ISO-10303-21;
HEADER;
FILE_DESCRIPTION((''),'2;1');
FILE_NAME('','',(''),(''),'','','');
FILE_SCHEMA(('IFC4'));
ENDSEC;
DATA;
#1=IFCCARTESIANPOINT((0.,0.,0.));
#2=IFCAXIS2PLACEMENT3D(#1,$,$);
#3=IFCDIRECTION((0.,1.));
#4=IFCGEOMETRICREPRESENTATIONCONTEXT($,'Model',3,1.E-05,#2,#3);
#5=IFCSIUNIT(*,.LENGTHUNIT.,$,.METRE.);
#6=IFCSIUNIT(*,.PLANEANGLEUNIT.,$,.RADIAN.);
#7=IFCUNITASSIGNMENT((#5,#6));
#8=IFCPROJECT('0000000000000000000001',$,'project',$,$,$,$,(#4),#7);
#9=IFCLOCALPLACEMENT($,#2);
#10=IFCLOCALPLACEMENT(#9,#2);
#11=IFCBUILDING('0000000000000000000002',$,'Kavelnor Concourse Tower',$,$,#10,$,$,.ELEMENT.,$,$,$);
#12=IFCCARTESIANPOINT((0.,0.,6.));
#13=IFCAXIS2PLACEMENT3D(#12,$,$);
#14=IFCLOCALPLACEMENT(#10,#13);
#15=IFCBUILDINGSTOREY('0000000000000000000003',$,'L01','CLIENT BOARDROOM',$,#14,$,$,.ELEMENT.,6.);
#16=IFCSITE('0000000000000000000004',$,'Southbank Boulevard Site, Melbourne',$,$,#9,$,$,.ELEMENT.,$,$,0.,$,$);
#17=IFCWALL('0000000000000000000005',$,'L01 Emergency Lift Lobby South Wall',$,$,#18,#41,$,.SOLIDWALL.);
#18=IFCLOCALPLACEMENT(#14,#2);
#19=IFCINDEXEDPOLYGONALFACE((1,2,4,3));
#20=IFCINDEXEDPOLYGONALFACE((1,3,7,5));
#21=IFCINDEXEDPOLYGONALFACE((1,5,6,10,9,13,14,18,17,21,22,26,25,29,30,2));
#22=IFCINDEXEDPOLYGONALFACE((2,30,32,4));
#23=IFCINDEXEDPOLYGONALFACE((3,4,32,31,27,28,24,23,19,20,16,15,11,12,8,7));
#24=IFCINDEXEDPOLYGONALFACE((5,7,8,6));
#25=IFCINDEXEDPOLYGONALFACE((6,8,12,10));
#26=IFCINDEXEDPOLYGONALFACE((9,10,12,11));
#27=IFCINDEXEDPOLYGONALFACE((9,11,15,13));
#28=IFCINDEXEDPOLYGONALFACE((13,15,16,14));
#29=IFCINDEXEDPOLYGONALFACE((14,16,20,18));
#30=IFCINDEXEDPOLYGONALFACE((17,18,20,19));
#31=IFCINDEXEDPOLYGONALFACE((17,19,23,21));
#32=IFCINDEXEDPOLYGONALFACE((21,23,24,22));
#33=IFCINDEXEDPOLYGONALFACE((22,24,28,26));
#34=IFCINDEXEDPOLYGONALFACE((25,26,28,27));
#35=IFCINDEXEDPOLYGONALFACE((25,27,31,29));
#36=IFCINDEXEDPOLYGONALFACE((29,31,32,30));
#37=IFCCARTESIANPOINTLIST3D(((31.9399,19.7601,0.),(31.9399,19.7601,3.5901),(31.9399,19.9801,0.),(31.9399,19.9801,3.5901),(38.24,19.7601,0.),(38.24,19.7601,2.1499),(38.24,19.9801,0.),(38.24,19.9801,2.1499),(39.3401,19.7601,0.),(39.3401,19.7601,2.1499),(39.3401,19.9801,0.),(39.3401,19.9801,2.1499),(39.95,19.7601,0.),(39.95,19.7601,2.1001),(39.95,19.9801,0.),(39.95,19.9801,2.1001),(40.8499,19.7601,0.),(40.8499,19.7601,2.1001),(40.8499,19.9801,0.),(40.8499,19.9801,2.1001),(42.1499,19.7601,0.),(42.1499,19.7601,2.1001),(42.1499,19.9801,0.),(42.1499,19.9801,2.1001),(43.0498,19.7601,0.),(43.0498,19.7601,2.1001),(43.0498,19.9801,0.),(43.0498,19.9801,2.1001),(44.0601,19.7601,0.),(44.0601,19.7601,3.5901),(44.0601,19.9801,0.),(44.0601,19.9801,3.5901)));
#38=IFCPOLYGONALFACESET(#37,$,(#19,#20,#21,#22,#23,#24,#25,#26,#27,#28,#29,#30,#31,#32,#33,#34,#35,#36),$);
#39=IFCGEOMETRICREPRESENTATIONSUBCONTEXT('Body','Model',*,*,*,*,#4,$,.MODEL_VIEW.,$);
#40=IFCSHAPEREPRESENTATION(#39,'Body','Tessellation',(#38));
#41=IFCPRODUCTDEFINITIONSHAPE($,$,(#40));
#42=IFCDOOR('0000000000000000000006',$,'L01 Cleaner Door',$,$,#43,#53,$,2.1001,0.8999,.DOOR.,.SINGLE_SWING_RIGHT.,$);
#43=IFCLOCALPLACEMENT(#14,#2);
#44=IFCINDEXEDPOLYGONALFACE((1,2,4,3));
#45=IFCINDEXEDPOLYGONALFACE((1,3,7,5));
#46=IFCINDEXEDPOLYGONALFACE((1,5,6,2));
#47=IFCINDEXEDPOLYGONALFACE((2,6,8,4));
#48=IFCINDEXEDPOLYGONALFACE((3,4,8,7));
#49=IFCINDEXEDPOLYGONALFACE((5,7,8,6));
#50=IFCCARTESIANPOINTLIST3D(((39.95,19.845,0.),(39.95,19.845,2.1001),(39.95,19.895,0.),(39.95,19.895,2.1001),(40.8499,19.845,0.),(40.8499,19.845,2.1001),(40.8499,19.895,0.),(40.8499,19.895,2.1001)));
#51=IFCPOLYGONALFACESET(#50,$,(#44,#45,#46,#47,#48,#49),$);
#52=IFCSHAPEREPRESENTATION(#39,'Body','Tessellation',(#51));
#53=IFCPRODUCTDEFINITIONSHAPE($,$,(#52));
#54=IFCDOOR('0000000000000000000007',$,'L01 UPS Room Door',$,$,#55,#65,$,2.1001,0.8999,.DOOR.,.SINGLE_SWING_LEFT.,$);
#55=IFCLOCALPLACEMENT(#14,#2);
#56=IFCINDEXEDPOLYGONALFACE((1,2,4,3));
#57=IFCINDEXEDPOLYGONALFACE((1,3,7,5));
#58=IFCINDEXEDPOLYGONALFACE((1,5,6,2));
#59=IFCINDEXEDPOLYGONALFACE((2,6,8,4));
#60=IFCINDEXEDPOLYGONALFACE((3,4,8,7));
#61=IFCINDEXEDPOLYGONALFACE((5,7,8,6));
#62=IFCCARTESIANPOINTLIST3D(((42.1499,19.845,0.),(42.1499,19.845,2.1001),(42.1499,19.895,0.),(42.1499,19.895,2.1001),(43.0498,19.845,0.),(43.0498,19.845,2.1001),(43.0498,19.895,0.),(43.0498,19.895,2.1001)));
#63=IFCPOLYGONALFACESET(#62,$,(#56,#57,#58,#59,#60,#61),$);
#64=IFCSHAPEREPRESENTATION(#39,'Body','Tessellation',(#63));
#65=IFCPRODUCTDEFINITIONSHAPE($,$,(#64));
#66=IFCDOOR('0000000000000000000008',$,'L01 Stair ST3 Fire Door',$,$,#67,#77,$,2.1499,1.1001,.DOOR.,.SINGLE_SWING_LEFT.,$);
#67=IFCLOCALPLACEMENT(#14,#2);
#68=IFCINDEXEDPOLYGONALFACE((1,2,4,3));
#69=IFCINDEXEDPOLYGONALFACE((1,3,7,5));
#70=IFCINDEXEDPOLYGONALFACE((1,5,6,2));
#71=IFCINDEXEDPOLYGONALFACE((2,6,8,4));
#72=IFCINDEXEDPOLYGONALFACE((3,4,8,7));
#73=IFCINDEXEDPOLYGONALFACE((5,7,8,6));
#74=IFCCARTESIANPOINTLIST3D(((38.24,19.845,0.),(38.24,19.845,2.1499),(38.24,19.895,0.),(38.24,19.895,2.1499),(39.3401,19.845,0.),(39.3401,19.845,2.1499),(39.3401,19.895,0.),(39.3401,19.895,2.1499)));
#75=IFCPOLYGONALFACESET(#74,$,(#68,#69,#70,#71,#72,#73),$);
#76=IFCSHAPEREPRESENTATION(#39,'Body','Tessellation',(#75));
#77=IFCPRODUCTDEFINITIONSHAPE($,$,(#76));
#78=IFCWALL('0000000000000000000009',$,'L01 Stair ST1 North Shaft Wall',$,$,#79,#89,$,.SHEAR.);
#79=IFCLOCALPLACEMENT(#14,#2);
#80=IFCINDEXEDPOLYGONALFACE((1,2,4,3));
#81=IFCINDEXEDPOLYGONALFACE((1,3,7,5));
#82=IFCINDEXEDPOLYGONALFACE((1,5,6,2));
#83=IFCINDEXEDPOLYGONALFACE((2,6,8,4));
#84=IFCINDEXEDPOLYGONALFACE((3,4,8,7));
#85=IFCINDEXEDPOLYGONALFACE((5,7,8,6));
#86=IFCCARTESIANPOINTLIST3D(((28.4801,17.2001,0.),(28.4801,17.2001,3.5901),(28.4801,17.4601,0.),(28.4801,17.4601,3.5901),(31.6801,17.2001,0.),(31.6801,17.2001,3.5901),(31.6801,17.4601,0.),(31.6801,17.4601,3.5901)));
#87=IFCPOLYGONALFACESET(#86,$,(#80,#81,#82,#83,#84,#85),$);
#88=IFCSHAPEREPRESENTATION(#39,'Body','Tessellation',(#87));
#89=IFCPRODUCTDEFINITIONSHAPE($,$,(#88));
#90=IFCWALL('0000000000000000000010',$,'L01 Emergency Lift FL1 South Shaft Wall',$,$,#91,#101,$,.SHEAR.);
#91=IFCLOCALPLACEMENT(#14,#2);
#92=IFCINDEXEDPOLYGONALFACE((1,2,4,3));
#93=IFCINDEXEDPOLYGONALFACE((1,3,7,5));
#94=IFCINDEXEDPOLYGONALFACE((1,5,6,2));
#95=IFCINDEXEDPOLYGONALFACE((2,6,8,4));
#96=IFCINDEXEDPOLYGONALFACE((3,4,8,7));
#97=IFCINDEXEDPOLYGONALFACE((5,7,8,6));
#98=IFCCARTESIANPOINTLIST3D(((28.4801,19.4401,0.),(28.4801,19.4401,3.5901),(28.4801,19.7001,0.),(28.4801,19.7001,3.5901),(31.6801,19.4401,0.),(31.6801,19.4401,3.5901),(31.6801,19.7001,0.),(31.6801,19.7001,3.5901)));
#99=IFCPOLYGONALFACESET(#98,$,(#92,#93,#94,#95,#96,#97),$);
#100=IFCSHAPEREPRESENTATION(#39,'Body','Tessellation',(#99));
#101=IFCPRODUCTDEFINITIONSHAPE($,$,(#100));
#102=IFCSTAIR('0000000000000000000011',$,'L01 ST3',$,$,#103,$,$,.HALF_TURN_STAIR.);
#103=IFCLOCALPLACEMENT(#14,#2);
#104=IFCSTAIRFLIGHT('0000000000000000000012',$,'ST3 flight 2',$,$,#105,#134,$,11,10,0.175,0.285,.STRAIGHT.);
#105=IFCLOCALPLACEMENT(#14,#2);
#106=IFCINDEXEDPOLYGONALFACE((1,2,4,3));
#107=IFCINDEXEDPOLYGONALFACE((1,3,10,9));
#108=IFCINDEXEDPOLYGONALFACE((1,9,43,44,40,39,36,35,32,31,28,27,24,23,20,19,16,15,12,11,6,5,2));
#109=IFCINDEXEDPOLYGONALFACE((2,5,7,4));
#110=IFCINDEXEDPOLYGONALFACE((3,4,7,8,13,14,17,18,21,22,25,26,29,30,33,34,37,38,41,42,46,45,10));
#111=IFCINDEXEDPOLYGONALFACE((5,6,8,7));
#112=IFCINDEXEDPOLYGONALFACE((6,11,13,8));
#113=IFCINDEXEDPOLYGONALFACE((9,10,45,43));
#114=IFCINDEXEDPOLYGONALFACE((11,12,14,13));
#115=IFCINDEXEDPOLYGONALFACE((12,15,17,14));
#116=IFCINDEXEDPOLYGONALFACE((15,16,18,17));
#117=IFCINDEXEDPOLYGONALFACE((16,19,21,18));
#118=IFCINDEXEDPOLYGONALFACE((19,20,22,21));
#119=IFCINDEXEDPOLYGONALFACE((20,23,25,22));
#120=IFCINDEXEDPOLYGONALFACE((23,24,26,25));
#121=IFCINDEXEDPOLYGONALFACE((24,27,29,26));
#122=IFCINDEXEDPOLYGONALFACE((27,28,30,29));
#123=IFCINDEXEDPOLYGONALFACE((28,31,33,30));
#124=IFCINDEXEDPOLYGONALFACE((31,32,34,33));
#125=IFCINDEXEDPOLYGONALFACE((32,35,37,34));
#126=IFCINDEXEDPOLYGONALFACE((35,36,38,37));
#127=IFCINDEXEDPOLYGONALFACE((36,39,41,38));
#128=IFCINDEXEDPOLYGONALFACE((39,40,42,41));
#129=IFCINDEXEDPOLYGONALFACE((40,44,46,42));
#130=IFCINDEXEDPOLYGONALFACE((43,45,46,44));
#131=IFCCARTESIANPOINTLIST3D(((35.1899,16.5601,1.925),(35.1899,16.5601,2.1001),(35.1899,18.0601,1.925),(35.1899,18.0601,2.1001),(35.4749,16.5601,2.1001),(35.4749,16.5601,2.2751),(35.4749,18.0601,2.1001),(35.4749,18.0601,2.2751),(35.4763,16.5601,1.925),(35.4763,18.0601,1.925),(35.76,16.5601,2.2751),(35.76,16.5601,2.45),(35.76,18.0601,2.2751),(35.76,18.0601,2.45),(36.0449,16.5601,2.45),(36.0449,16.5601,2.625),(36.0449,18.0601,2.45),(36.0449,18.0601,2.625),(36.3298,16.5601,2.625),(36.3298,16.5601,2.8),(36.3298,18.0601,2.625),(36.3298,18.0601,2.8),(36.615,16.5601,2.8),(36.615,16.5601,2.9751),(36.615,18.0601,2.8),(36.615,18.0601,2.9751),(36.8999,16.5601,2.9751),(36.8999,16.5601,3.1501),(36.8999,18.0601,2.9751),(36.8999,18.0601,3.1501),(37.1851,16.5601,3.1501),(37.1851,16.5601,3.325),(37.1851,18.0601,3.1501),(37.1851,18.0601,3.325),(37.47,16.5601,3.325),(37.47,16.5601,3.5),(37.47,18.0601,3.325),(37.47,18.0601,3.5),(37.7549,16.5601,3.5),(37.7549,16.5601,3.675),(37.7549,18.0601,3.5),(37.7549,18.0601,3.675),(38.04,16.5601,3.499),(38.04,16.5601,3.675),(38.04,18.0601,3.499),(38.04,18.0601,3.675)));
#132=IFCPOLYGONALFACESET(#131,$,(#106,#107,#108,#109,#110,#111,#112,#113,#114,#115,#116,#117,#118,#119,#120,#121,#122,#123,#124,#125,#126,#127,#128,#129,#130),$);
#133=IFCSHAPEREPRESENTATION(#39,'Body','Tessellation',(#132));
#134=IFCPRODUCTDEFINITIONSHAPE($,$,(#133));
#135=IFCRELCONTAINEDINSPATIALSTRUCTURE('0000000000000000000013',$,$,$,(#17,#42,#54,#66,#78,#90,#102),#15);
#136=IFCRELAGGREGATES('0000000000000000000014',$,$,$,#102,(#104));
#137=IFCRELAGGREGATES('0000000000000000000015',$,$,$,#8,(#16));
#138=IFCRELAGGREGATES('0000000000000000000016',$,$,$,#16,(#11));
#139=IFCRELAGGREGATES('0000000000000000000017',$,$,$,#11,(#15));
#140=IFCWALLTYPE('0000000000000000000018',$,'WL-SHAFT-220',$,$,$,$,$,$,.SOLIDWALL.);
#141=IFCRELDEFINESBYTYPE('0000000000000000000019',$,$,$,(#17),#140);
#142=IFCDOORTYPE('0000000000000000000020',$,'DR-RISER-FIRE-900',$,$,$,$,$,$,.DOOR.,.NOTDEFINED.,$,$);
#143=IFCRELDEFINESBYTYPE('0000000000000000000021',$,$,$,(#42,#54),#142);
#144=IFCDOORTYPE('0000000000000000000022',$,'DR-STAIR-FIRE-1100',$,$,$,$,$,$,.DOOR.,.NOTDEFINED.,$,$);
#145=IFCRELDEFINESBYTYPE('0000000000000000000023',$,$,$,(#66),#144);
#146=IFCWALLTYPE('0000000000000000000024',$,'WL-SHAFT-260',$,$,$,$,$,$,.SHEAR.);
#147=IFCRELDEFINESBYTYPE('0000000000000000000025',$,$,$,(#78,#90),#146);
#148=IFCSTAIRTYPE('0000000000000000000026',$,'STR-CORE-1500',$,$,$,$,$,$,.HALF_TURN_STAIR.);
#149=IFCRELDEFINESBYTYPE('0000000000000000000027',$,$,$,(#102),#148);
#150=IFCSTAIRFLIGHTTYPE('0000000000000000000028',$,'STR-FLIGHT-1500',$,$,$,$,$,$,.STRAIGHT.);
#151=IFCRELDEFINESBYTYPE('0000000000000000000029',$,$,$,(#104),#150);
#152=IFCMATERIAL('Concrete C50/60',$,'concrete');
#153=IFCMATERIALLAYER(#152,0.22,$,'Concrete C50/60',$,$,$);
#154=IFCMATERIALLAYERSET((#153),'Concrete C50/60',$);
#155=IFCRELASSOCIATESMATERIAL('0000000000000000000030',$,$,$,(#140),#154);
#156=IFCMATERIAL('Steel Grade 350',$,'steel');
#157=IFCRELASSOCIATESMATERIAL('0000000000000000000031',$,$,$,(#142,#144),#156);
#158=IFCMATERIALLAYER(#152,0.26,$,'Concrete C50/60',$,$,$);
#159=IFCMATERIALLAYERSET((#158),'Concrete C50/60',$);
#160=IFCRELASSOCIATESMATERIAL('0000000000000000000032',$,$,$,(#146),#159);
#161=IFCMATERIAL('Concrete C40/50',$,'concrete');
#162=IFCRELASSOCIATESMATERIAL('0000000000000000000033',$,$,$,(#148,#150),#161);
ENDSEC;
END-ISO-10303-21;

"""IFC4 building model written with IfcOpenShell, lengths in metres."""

from ifc_helpers import new_model, si_unit, direction, frame, frame_2d, origin, place, context, subcontext, project, spatial, polyline, rectangle, outline, extrude, material, layer, layer_set, type_object, element, fill, aggregate, save


model = new_model("IFC4")

# Units and contexts
model_context = context("Model", 3, precision=1e-05, world=origin(), true_north=direction((0.0, 1.0)))
body_context = subcontext(model_context, "Body", "Model", "MODEL_VIEW")
ifc_project = project(units=[si_unit("LENGTHUNIT", "METRE"), si_unit("PLANEANGLEUNIT", "RADIAN")], contexts=[model_context])

# Site, building, storey
site_placement = place(None, origin())
site = spatial("IfcSite", under=ifc_project, at=site_placement, Name="Southbank Boulevard Site, Melbourne", CompositionType="ELEMENT", RefElevation=0.0)
building_placement = place(site_placement, origin())
building = spatial("IfcBuilding", under=site, at=building_placement, Name="Kavelnor Concourse Tower", CompositionType="ELEMENT")
storey_placement = place(building_placement, frame((0.0, 0.0, 6.0)))
storey = spatial("IfcBuildingStorey", under=building, at=storey_placement, Name="L01", Description="CLIENT BOARDROOM", CompositionType="ELEMENT", Elevation=6.0)

# Shared definitions
ifc_material_1 = material(Name="Steel Grade 350", Category="steel")

# Wall, openings, doors
ifc_material_2 = material(Name="Concrete C50/60", Category="concrete")
ifc_layer_1 = layer(ifc_material_2, 0.22, Name="Concrete C50/60")
ifc_layer_set_1 = layer_set([ifc_layer_1], Name="Concrete C50/60")
wall_type_1 = type_object("IfcWallType", Name="WL-SHAFT-220", PredefinedType="SOLIDWALL", material=ifc_layer_set_1)
wall_1_placement = place(storey_placement, frame((31.9399, 19.8701, 0.0), z_axis=(0.0, 0.0, 1.0), x_axis=(1.0, 0.0, 0.0)))
wall_1 = element("IfcWall", 1, at=wall_1_placement, inside=storey, type_object=wall_type_1, Name="L01 Emergency Lift Lobby South Wall", PredefinedType="SOLIDWALL", context=body_context, shape_type="SweptSolid", body=[
    extrude(rectangle(XDim=12.1201, YDim=0.22, at=frame_2d((6.0601, 0.0))), origin(), (0.0, 0.0, 1.0), 3.5901),
])
opening_1_placement = place(wall_1_placement, frame((6.3, 0.0, 0.0)))
opening_1 = element("IfcOpeningElement", 2, at=opening_1_placement, cuts=wall_1, PredefinedType="OPENING", context=body_context, shape_type="SweptSolid", body=[
    extrude(rectangle(XDim=1.1001, YDim=2.1499, at=frame_2d((0.55, 1.075))), frame((0.0, 0.1201, 0.0), z_axis=(0.0, -1.0, 0.0), x_axis=(1.0, 0.0, 0.0)), (0.0, 0.0, 1.0), 0.24),
])
opening_2_placement = place(wall_1_placement, frame((8.01, 0.0, 0.0)))
opening_2 = element("IfcOpeningElement", 3, at=opening_2_placement, cuts=wall_1, PredefinedType="OPENING", context=body_context, shape_type="SweptSolid", body=[
    extrude(rectangle(XDim=0.8999, YDim=2.1001, at=frame_2d((0.45, 1.05))), frame((0.0, 0.1201, 0.0), z_axis=(0.0, -1.0, 0.0), x_axis=(1.0, 0.0, 0.0)), (0.0, 0.0, 1.0), 0.24),
])
opening_3_placement = place(wall_1_placement, frame((10.21, 0.0, 0.0)))
opening_3 = element("IfcOpeningElement", 4, at=opening_3_placement, cuts=wall_1, PredefinedType="OPENING", context=body_context, shape_type="SweptSolid", body=[
    extrude(rectangle(XDim=0.8999, YDim=2.1001, at=frame_2d((0.45, 1.05))), frame((0.0, 0.1201, 0.0), z_axis=(0.0, -1.0, 0.0), x_axis=(1.0, 0.0, 0.0)), (0.0, 0.0, 1.0), 0.24),
])
door_type_1 = type_object("IfcDoorType", Name="DR-RISER-FIRE-900", OperationType="NOTDEFINED", PredefinedType="DOOR", material=ifc_material_1)
door_1_placement = place(opening_2_placement, origin())
door_1 = element("IfcDoor", 5, at=door_1_placement, inside=storey, type_object=door_type_1, Name="L01 Cleaner Door", OperationType="SINGLE_SWING_RIGHT", OverallHeight=2.1001, OverallWidth=0.8999, PredefinedType="DOOR", context=body_context, shape_type="SweptSolid", body=[
    extrude(rectangle(XDim=0.8999, YDim=2.1001, at=frame_2d((0.45, 1.05))), frame((0.0, 0.0249, 0.0), z_axis=(0.0, -1.0, 0.0), x_axis=(1.0, 0.0, 0.0)), (0.0, 0.0, 1.0), 0.05),
])
fill(opening_2, door_1)
door_2_placement = place(opening_3_placement, origin())
door_2 = element("IfcDoor", 6, at=door_2_placement, inside=storey, type_object=door_type_1, Name="L01 UPS Room Door", OperationType="SINGLE_SWING_LEFT", OverallHeight=2.1001, OverallWidth=0.8999, PredefinedType="DOOR", context=body_context, shape_type="SweptSolid", body=[
    extrude(rectangle(XDim=0.8999, YDim=2.1001, at=frame_2d((0.45, 1.05))), frame((0.0, 0.0249, 0.0), z_axis=(0.0, -1.0, 0.0), x_axis=(1.0, 0.0, 0.0)), (0.0, 0.0, 1.0), 0.05),
])
fill(opening_3, door_2)
door_type_2 = type_object("IfcDoorType", Name="DR-STAIR-FIRE-1100", OperationType="NOTDEFINED", PredefinedType="DOOR", material=ifc_material_1)
door_3_placement = place(opening_1_placement, origin())
door_3 = element("IfcDoor", 7, at=door_3_placement, inside=storey, type_object=door_type_2, Name="L01 Stair ST3 Fire Door", OperationType="SINGLE_SWING_LEFT", OverallHeight=2.1499, OverallWidth=1.1001, PredefinedType="DOOR", context=body_context, shape_type="SweptSolid", body=[
    extrude(rectangle(XDim=1.1001, YDim=2.1499, at=frame_2d((0.55, 1.075))), frame((0.0, 0.0249, 0.0), z_axis=(0.0, -1.0, 0.0), x_axis=(1.0, 0.0, 0.0)), (0.0, 0.0, 1.0), 0.05),
])
fill(opening_1, door_3)

# Walls
ifc_layer_2 = layer(ifc_material_2, 0.26, Name="Concrete C50/60")
ifc_layer_set_2 = layer_set([ifc_layer_2], Name="Concrete C50/60")
wall_type_2 = type_object("IfcWallType", Name="WL-SHAFT-260", PredefinedType="SHEAR", material=ifc_layer_set_2)
for number, where, z_axis, x_axis, name in (
    (8, (28.48, 17.3301, 0.0), (0.0, 0.0, 1.0), (1.0, 0.0, 0.0), "L01 Stair ST1 North Shaft Wall"),
    (9, (28.48, 19.5701, 0.0), (0.0, 0.0, 1.0), (1.0, 0.0, 0.0), "L01 Emergency Lift FL1 South Shaft Wall"),
):
    element("IfcWall", number, at=place(storey_placement, frame(where, z_axis=z_axis, x_axis=x_axis)), inside=storey, type_object=wall_type_2, Name=name, PredefinedType="SHEAR", context=body_context, shape_type="SweptSolid", body=[
        extrude(rectangle(XDim=3.2, YDim=0.26, at=frame_2d((1.6001, 0.0))), origin(), (0.0, 0.0, 1.0), 3.5901),
    ])

# Stair, stair flight
ifc_material_3 = material(Name="Concrete C40/50", Category="concrete")
stair_type = type_object("IfcStairType", Name="STR-CORE-1500", PredefinedType="HALF_TURN_STAIR", material=ifc_material_3)
stair_placement = place(storey_placement, origin())
stair = element("IfcStair", 10, at=stair_placement, inside=storey, type_object=stair_type, Name="L01 ST3", PredefinedType="HALF_TURN_STAIR")
stair_flight_type = type_object("IfcStairFlightType", Name="STR-FLIGHT-1500", PredefinedType="STRAIGHT", material=ifc_material_3)
stair_flight_placement = place(storey_placement, frame((35.1899, 17.3101, 1.925), z_axis=(0.0, 0.0, 1.0), x_axis=(1.0, 0.0, 0.0)))
stair_flight = element("IfcStairFlight", 11, at=stair_flight_placement, type_object=stair_flight_type, Name="ST3 flight 2", NumberOfRisers=11, NumberOfTreads=10, PredefinedType="STRAIGHT", RiserHeight=0.175, TreadLength=0.285, context=body_context, shape_type="SweptSolid", body=[
    extrude(outline(polyline([(0.0, 0.0), (0.0, 0.175), (0.2849, 0.175), (0.2849, 0.3501), (0.5701, 0.3501), (0.5701, 0.5249), (0.855, 0.5249), (0.855, 0.7), (1.1399, 0.7), (1.1399, 0.875), (1.425, 0.875), (1.425, 1.05), (1.71, 1.05), (1.71, 1.2251), (1.9951, 1.2251), (1.9951, 1.3999), (2.28, 1.3999), (2.28, 1.575), (2.5649, 1.575), (2.5649, 1.75), (2.8501, 1.75), (2.8501, 1.925), (2.8501, 1.574), (0.2864, 0.0), (0.0, 0.0)])), frame((0.0, 0.75, 0.0), z_axis=(0.0, -1.0, 0.0), x_axis=(1.0, 0.0, 0.0)), (0.0, 0.0, 1.0), 1.5),
])
aggregate(stair, [stair_flight])

save(model, "model.ifc")
